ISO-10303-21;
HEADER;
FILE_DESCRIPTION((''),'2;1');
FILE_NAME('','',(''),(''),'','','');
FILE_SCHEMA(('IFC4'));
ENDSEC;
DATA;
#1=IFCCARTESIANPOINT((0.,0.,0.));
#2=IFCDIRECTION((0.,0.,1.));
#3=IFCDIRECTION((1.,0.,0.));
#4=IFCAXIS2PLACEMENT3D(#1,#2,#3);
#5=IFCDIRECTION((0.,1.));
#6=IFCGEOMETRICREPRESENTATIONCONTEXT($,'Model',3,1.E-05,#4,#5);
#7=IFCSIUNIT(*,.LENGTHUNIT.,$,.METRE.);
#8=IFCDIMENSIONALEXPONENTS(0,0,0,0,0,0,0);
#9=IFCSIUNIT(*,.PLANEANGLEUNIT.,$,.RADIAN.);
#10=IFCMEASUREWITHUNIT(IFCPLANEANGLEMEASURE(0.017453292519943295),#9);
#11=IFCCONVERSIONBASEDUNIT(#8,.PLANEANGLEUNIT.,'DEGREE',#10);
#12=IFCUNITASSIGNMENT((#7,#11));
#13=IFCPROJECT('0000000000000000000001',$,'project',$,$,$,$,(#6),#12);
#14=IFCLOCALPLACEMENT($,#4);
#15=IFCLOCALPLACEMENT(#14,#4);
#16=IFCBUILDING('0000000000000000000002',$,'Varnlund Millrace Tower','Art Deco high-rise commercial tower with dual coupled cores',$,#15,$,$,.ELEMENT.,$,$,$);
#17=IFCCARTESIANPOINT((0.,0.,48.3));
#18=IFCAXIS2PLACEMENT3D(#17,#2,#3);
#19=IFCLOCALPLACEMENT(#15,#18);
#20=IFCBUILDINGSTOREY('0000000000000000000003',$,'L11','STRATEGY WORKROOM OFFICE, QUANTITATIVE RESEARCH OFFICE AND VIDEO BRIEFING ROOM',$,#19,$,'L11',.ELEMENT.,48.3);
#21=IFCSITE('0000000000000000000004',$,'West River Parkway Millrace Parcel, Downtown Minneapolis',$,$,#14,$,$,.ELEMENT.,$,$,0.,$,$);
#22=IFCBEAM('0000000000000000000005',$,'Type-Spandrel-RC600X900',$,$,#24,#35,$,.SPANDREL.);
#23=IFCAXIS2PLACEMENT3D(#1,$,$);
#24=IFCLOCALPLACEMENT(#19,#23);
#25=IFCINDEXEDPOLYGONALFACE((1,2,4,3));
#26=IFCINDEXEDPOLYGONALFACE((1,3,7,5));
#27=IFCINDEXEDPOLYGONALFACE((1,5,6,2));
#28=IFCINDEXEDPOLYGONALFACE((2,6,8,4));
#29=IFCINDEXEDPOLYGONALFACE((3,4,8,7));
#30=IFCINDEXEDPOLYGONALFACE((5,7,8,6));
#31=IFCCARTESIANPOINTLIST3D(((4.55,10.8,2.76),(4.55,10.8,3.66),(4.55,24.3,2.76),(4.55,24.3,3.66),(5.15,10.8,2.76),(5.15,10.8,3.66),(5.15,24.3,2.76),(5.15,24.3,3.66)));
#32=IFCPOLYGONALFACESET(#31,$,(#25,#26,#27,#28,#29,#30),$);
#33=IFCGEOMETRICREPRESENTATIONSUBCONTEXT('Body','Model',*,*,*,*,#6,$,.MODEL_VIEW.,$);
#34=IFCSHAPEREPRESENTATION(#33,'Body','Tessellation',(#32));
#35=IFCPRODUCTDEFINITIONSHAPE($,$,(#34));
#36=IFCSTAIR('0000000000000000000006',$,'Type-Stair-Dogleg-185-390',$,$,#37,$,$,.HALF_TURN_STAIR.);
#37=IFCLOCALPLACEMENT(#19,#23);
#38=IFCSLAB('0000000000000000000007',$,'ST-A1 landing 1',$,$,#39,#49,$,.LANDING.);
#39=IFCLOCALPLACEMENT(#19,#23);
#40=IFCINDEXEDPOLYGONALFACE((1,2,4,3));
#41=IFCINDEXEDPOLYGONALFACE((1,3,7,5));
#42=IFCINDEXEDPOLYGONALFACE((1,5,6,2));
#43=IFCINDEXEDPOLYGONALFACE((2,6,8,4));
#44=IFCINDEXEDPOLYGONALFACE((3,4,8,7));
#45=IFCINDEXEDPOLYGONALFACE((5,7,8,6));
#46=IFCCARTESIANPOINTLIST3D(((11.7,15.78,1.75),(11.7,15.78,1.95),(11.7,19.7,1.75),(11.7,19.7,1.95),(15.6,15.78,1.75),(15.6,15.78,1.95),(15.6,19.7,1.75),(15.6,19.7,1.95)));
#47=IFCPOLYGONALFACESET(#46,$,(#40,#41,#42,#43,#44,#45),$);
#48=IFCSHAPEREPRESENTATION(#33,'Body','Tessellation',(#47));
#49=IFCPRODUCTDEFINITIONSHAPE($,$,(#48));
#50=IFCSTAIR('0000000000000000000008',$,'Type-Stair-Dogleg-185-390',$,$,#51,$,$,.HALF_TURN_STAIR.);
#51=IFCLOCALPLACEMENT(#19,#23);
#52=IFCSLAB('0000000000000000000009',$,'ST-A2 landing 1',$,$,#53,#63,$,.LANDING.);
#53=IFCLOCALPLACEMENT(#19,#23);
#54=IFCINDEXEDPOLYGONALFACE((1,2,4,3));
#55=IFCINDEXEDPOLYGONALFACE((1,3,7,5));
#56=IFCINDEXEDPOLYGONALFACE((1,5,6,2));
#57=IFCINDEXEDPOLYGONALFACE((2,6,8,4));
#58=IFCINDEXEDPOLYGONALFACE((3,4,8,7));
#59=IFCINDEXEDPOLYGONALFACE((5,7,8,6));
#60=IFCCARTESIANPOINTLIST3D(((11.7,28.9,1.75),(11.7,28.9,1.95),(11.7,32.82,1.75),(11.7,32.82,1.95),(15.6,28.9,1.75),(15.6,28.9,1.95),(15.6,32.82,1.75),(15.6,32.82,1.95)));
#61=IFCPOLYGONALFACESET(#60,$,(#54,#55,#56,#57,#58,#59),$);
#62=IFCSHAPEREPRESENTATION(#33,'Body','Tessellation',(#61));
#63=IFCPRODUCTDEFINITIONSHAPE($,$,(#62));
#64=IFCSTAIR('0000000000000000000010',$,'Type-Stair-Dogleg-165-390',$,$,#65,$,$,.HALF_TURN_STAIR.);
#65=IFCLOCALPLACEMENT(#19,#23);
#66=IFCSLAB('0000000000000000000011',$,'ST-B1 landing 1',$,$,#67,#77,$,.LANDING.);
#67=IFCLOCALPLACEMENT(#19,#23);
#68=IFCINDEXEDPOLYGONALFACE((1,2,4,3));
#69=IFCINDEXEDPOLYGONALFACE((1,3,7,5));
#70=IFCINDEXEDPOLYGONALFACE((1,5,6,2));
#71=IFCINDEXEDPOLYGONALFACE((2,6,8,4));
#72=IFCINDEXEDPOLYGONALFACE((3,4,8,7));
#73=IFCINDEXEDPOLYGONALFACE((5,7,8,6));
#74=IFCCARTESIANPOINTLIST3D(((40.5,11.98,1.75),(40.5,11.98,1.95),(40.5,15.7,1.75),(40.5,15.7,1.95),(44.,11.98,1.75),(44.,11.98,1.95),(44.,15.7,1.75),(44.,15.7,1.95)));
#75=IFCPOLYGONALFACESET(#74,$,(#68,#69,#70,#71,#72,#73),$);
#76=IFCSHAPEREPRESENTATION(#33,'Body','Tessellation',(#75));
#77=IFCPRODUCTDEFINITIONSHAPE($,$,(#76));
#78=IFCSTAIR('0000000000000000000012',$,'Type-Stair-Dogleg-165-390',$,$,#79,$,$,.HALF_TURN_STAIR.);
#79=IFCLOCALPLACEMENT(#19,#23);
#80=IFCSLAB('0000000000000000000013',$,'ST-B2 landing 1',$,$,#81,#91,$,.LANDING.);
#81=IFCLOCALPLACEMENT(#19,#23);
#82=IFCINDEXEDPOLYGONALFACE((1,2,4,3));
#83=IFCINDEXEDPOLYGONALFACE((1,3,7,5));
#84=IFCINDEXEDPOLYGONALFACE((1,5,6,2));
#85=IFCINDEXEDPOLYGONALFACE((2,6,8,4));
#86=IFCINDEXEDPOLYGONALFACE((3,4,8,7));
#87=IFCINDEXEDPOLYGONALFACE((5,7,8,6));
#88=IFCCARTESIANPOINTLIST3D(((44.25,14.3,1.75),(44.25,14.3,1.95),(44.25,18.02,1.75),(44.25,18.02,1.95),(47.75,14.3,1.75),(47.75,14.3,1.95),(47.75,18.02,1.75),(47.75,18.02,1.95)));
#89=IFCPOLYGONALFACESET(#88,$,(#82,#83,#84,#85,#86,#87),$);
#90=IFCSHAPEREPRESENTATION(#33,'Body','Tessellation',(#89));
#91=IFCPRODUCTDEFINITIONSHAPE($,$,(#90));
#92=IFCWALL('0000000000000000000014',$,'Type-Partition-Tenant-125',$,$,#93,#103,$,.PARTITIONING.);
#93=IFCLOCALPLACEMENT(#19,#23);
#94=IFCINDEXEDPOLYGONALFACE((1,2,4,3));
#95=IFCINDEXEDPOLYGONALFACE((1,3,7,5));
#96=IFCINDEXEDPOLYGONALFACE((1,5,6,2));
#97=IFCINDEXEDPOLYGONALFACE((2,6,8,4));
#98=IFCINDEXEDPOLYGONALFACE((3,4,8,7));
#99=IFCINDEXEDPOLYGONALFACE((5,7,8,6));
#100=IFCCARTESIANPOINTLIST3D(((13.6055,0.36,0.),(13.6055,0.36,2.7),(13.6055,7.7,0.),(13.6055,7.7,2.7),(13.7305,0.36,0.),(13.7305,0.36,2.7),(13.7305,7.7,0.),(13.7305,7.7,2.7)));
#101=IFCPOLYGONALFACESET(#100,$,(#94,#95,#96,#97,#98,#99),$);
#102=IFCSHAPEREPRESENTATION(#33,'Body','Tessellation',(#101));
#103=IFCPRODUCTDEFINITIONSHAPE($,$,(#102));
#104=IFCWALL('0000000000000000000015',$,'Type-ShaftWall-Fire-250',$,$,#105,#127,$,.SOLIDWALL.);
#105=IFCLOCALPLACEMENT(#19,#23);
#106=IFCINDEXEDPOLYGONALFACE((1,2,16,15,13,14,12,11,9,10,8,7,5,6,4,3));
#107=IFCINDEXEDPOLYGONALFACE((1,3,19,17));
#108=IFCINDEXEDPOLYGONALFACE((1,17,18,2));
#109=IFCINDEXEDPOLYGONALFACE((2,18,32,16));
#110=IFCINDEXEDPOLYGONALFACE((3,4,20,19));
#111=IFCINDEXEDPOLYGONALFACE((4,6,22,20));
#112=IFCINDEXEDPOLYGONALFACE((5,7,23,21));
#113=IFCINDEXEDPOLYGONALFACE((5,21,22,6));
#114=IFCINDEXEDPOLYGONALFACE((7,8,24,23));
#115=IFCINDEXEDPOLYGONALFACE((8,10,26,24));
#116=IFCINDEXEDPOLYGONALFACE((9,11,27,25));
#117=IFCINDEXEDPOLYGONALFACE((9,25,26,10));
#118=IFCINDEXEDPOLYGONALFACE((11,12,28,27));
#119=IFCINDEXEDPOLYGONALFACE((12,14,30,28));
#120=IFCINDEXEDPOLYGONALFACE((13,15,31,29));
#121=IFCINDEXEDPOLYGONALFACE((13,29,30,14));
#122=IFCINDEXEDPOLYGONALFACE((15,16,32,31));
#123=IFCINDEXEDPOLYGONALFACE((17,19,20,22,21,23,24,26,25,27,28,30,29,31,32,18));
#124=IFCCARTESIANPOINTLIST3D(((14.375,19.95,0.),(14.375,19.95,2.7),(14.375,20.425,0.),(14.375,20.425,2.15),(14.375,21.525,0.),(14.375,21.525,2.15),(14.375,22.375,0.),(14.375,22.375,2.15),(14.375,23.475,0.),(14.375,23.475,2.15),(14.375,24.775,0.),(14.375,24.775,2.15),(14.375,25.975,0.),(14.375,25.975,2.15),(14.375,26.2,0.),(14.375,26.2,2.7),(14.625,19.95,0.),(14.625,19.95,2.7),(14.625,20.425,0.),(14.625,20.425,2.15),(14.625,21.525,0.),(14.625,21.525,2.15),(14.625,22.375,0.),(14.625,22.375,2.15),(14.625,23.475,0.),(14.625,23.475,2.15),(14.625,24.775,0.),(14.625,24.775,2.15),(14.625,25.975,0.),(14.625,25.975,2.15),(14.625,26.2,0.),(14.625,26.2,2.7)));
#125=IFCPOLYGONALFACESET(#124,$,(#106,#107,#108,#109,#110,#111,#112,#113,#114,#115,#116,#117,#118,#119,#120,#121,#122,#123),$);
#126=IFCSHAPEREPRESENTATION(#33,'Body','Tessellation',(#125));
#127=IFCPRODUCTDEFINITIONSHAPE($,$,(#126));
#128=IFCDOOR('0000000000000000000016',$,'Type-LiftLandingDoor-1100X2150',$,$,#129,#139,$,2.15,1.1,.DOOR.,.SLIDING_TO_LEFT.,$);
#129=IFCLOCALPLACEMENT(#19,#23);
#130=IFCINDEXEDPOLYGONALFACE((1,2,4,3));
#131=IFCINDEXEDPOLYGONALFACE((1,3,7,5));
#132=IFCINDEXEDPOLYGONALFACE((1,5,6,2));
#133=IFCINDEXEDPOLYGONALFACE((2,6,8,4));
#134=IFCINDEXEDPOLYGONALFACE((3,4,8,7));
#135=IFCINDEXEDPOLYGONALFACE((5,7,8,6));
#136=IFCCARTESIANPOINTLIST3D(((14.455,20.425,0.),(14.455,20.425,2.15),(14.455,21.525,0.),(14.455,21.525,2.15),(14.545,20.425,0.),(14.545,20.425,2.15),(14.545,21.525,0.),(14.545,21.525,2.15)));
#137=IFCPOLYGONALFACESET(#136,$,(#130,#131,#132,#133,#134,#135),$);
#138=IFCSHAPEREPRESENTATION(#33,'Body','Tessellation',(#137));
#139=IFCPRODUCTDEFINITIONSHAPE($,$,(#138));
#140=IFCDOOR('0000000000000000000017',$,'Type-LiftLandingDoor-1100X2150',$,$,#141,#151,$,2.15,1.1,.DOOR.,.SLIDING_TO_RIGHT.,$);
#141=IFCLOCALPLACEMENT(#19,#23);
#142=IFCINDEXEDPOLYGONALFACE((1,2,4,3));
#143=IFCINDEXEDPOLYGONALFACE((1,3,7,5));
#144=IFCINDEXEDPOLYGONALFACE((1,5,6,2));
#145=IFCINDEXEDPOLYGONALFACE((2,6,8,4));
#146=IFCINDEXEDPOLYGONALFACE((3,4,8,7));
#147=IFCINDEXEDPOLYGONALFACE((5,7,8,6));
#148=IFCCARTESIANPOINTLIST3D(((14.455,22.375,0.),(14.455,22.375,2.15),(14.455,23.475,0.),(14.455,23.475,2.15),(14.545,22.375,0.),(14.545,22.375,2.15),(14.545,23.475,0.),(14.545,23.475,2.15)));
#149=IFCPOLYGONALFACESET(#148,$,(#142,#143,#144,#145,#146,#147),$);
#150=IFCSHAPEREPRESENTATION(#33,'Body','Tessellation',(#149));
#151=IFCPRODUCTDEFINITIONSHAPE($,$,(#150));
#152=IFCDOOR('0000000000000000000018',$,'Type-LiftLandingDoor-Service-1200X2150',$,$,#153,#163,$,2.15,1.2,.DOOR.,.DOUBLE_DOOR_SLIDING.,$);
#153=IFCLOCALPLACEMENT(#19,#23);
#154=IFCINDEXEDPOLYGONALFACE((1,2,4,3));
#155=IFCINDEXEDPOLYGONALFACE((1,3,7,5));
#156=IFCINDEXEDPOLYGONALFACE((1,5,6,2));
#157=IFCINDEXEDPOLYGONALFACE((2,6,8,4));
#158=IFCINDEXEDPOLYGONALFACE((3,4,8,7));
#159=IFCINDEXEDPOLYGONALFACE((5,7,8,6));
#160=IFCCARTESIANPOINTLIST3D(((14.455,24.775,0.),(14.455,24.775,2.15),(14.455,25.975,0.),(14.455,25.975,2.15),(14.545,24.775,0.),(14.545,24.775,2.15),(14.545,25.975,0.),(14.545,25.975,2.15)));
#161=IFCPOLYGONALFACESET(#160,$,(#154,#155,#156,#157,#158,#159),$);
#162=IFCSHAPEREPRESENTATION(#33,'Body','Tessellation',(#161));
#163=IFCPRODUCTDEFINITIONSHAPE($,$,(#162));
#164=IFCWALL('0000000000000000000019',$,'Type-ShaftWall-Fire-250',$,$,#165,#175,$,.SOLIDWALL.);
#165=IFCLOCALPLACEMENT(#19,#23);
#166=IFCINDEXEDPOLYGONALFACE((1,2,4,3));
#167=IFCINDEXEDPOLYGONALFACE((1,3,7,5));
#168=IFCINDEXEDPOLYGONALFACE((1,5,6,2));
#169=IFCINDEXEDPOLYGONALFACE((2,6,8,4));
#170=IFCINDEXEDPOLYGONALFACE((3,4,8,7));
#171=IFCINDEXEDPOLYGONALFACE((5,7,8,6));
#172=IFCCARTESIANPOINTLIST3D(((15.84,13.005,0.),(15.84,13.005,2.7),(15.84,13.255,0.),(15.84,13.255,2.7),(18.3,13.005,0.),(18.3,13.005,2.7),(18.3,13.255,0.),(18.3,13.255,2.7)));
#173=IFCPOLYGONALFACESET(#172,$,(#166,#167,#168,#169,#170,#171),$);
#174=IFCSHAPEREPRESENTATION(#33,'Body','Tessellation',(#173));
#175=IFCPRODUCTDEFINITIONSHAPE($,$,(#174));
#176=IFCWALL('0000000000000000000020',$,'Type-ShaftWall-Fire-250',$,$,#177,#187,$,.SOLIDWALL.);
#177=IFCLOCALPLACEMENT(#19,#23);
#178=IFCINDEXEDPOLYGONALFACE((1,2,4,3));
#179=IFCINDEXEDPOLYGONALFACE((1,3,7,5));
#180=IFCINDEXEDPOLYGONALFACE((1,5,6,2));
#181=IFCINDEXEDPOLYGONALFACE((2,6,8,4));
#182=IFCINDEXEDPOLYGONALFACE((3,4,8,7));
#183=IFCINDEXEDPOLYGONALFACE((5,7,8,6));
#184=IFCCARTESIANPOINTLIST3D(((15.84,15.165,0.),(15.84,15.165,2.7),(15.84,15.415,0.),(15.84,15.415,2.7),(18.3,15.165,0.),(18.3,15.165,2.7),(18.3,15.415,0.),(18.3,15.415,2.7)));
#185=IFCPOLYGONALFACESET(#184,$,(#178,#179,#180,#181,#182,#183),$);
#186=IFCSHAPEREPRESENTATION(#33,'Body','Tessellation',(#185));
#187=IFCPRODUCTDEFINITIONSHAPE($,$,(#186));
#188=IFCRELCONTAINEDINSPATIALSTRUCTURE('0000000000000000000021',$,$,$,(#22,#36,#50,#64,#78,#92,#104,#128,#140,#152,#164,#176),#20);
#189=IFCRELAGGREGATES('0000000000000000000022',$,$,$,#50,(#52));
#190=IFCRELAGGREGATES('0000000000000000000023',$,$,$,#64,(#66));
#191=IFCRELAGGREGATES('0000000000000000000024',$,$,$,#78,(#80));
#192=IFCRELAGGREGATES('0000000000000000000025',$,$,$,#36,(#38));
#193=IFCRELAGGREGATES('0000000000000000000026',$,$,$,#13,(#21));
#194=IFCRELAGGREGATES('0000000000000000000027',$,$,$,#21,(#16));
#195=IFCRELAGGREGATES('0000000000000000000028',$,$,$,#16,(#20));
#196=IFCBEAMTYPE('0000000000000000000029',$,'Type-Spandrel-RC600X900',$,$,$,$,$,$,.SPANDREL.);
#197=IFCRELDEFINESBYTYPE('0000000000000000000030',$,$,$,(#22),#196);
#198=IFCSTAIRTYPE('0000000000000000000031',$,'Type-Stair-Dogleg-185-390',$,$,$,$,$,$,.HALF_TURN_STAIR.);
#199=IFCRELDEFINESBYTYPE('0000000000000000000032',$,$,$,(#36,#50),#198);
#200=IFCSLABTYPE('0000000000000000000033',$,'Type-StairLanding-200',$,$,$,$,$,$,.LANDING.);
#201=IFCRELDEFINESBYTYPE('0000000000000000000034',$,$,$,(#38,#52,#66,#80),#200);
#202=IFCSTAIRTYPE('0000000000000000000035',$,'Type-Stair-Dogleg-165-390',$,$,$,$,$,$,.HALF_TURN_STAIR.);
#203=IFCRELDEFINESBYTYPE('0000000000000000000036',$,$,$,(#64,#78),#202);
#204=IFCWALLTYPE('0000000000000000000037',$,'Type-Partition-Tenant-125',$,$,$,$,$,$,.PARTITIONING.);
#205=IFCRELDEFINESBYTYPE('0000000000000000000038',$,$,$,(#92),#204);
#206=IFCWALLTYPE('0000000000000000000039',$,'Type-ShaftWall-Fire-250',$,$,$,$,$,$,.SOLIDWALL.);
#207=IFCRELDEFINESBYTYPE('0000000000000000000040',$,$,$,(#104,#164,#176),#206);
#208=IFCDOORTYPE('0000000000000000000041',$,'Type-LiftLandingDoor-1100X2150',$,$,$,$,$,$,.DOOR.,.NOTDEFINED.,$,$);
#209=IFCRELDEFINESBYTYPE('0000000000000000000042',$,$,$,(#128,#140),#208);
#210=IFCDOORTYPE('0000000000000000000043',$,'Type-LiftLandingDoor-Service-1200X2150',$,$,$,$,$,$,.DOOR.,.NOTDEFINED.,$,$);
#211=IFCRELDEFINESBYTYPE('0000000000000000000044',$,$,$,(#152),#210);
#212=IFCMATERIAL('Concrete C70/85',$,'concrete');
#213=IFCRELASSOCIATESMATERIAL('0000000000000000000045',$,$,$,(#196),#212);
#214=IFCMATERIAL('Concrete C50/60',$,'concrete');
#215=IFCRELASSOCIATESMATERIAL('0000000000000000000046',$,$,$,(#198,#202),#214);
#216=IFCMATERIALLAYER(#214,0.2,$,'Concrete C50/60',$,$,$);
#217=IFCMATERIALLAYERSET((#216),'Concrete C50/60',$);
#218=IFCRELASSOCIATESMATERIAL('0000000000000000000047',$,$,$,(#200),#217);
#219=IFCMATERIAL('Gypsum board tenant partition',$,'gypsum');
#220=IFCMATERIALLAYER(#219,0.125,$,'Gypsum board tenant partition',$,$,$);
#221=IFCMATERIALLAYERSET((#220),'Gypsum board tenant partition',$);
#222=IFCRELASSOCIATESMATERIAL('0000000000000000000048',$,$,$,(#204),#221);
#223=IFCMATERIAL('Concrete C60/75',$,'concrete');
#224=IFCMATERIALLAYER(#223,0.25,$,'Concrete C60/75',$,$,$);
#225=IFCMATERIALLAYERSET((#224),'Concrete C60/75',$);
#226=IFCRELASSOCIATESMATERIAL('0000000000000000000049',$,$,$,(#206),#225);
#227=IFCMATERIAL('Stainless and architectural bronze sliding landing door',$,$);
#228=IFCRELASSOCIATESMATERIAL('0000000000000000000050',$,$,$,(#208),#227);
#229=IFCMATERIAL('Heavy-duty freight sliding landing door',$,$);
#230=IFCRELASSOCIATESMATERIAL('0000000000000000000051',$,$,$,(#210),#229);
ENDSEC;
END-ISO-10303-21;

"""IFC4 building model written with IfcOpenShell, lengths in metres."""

from ifc_helpers import new_model, entity, si_unit, converted_unit, direction, frame, origin_with_axes, origin_2d_with_axis, place, context, subcontext, project, spatial, polyline, rectangle, outline, extrude, material, layer, layer_set, material_profile, profile_set, type_object, element, fill, aggregate, save


model = new_model("IFC4")

# Units and contexts
model_context = context("Model", 3, precision=1e-05, world=origin_with_axes(), true_north=direction((0.0, 1.0)))
body_context = subcontext(model_context, "Body", "Model", "MODEL_VIEW")
ifc_project = project(units=[si_unit("LENGTHUNIT", "METRE"), converted_unit("PLANEANGLEUNIT", "DEGREE", entity("IfcPlaneAngleMeasure", 0.017453292519943295), si_unit("PLANEANGLEUNIT", "RADIAN"), dimensions=[0, 0, 0, 0, 0, 0, 0])], contexts=[model_context])

# Site, building, storey
site_placement = place(None, origin_with_axes())
site = spatial("IfcSite", under=ifc_project, at=site_placement, Name="West River Parkway Millrace Parcel, Downtown Minneapolis", CompositionType="ELEMENT", RefElevation=0.0)
building_placement = place(site_placement, origin_with_axes())
building = spatial("IfcBuilding", under=site, at=building_placement, Name="Varnlund Millrace Tower", Description="Art Deco high-rise commercial tower with dual coupled cores", CompositionType="ELEMENT")
storey_placement = place(building_placement, frame((0.0, 0.0, 48.3), z_axis=(0.0, 0.0, 1.0), x_axis=(1.0, 0.0, 0.0)))
storey = spatial("IfcBuildingStorey", under=building, at=storey_placement, Name="L11", Description="STRATEGY WORKROOM OFFICE, QUANTITATIVE RESEARCH OFFICE AND VIDEO BRIEFING ROOM", LongName="L11", CompositionType="ELEMENT", Elevation=48.3)

# Beam
ifc_material_1 = material(Name="Concrete C70/85", Category="concrete")
ifc_material_profile_1 = material_profile(ifc_material_1, rectangle(XDim=0.6, YDim=0.9, at=origin_2d_with_axis()), Name="Concrete C70/85")
ifc_profile_set_1 = profile_set([ifc_material_profile_1], Name="Concrete C70/85")
beam_type_1 = type_object("IfcBeamType", Name="Type-Spandrel-RC600X900", PredefinedType="SPANDREL", material=ifc_profile_set_1)
beam_1_placement = place(storey_placement, frame((4.85, 10.8, 3.21), z_axis=(0.0, 1.0, 0.0), x_axis=(-1.0, 0.0, 0.0)))
element("IfcBeam", 1, at=beam_1_placement, inside=storey, type_object=beam_type_1, Name="Type-Spandrel-RC600X900", PredefinedType="SPANDREL", context=body_context, shape_type="SweptSolid", body=[
    extrude(rectangle(XDim=0.6, YDim=0.9, at=origin_2d_with_axis()), origin_with_axes(), (0.0, 0.0, 1.0), 13.5),
])

# Stairs, slabs
ifc_material_2 = material(Name="Concrete C50/60", Category="concrete")
stair_type_1 = type_object("IfcStairType", Name="Type-Stair-Dogleg-185-390", PredefinedType="HALF_TURN_STAIR", material=ifc_material_2)
stair_1_placement = place(storey_placement, origin_with_axes())
stair_1 = element("IfcStair", 2, at=stair_1_placement, inside=storey, type_object=stair_type_1, Name="Type-Stair-Dogleg-185-390", PredefinedType="HALF_TURN_STAIR")
ifc_layer_1 = layer(ifc_material_2, 0.2, Name="Concrete C50/60")
ifc_layer_set_1 = layer_set([ifc_layer_1], Name="Concrete C50/60")
slab_type = type_object("IfcSlabType", Name="Type-StairLanding-200", PredefinedType="LANDING", material=ifc_layer_set_1)
slab_1_placement = place(storey_placement, frame((0.0, 0.0, 1.75), z_axis=(0.0, 0.0, 1.0), x_axis=(1.0, 0.0, 0.0)))
slab_1 = element("IfcSlab", 3, at=slab_1_placement, type_object=slab_type, Name="ST-A1 landing 1", PredefinedType="LANDING", context=body_context, shape_type="SweptSolid", body=[
    extrude(outline(polyline([(15.6, 15.78), (15.6, 19.7), (11.7, 19.7), (11.7, 15.78), (15.6, 15.78)])), origin_with_axes(), (0.0, 0.0, 1.0), 0.2),
])
stair_2_placement = place(storey_placement, origin_with_axes())
stair_2 = element("IfcStair", 4, at=stair_2_placement, inside=storey, type_object=stair_type_1, Name="Type-Stair-Dogleg-185-390", PredefinedType="HALF_TURN_STAIR")
slab_2_placement = place(storey_placement, frame((0.0, 0.0, 1.75), z_axis=(0.0, 0.0, 1.0), x_axis=(1.0, 0.0, 0.0)))
slab_2 = element("IfcSlab", 5, at=slab_2_placement, type_object=slab_type, Name="ST-A2 landing 1", PredefinedType="LANDING", context=body_context, shape_type="SweptSolid", body=[
    extrude(outline(polyline([(11.7, 32.82), (11.7, 28.9), (15.6, 28.9), (15.6, 32.82), (11.7, 32.82)])), origin_with_axes(), (0.0, 0.0, 1.0), 0.2),
])
aggregate(stair_2, [slab_2])
stair_type_2 = type_object("IfcStairType", Name="Type-Stair-Dogleg-165-390", PredefinedType="HALF_TURN_STAIR", material=ifc_material_2)
stair_3_placement = place(storey_placement, origin_with_axes())
stair_3 = element("IfcStair", 6, at=stair_3_placement, inside=storey, type_object=stair_type_2, Name="Type-Stair-Dogleg-165-390", PredefinedType="HALF_TURN_STAIR")
slab_3_placement = place(storey_placement, frame((0.0, 0.0, 1.75), z_axis=(0.0, 0.0, 1.0), x_axis=(1.0, 0.0, 0.0)))
slab_3 = element("IfcSlab", 7, at=slab_3_placement, type_object=slab_type, Name="ST-B1 landing 1", PredefinedType="LANDING", context=body_context, shape_type="SweptSolid", body=[
    extrude(outline(polyline([(44.0, 11.98), (44.0, 15.7), (40.5, 15.7), (40.5, 11.98), (44.0, 11.98)])), origin_with_axes(), (0.0, 0.0, 1.0), 0.2),
])
aggregate(stair_3, [slab_3])
stair_4_placement = place(storey_placement, origin_with_axes())
stair_4 = element("IfcStair", 8, at=stair_4_placement, inside=storey, type_object=stair_type_2, Name="Type-Stair-Dogleg-165-390", PredefinedType="HALF_TURN_STAIR")
slab_4_placement = place(storey_placement, frame((0.0, 0.0, 1.75), z_axis=(0.0, 0.0, 1.0), x_axis=(1.0, 0.0, 0.0)))
slab_4 = element("IfcSlab", 9, at=slab_4_placement, type_object=slab_type, Name="ST-B2 landing 1", PredefinedType="LANDING", context=body_context, shape_type="SweptSolid", body=[
    extrude(outline(polyline([(44.25, 18.02), (44.25, 14.3), (47.75, 14.3), (47.75, 18.02), (44.25, 18.02)])), origin_with_axes(), (0.0, 0.0, 1.0), 0.2),
])
aggregate(stair_4, [slab_4])

# Wall
ifc_material_3 = material(Name="Gypsum board tenant partition", Category="gypsum")
ifc_layer_2 = layer(ifc_material_3, 0.125, Name="Gypsum board tenant partition")
ifc_layer_set_2 = layer_set([ifc_layer_2], Name="Gypsum board tenant partition")
wall_type_1 = type_object("IfcWallType", Name="Type-Partition-Tenant-125", PredefinedType="PARTITIONING", material=ifc_layer_set_2)
wall_1_placement = place(storey_placement, frame((13.668, 0.36, 0.0), z_axis=(0.0, 0.0, 1.0), x_axis=(0.0, 1.0, 0.0)))
element("IfcWall", 10, at=wall_1_placement, inside=storey, type_object=wall_type_1, Name="Type-Partition-Tenant-125", PredefinedType="PARTITIONING", context=body_context, shape_type="SweptSolid", body=[
    extrude(outline(polyline([(0.0, -0.0625), (7.34, -0.0625), (7.34, 0.0625), (0.0, 0.0625), (0.0, -0.0625)])), origin_with_axes(), (0.0, 0.0, 1.0), 2.7),
])

# Wall, openings, doors
ifc_material_4 = material(Name="Concrete C60/75", Category="concrete")
ifc_layer_3 = layer(ifc_material_4, 0.25, Name="Concrete C60/75")
ifc_layer_set_3 = layer_set([ifc_layer_3], Name="Concrete C60/75")
wall_type_2 = type_object("IfcWallType", Name="Type-ShaftWall-Fire-250", PredefinedType="SOLIDWALL", material=ifc_layer_set_3)
wall_2_placement = place(storey_placement, frame((14.5, 19.95, 0.0), z_axis=(0.0, 0.0, 1.0), x_axis=(0.0, 1.0, 0.0)))
wall_2 = element("IfcWall", 11, at=wall_2_placement, inside=storey, type_object=wall_type_2, Name="Type-ShaftWall-Fire-250", PredefinedType="SOLIDWALL", context=body_context, shape_type="SweptSolid", body=[
    extrude(outline(polyline([(0.0, -0.125), (6.25, -0.125), (6.25, 0.125), (0.0, 0.125), (0.0, -0.125)])), origin_with_axes(), (0.0, 0.0, 1.0), 2.7),
])
opening_1_placement = place(wall_2_placement, frame((1.025, 0.0, 0.0), z_axis=(0.0, 0.0, 1.0), x_axis=(1.0, 0.0, 0.0)))
opening_1 = element("IfcOpeningElement", 12, at=opening_1_placement, cuts=wall_2, PredefinedType="OPENING", context=body_context, shape_type="SweptSolid", body=[
    extrude(rectangle(XDim=1.1, YDim=0.27, at=origin_2d_with_axis()), origin_with_axes(), (0.0, 0.0, 1.0), 2.15),
])
opening_2_placement = place(wall_2_placement, frame((2.975, 0.0, 0.0), z_axis=(0.0, 0.0, 1.0), x_axis=(1.0, 0.0, 0.0)))
opening_2 = element("IfcOpeningElement", 13, at=opening_2_placement, cuts=wall_2, PredefinedType="OPENING", context=body_context, shape_type="SweptSolid", body=[
    extrude(rectangle(XDim=1.1, YDim=0.27, at=origin_2d_with_axis()), origin_with_axes(), (0.0, 0.0, 1.0), 2.15),
])
opening_3_placement = place(wall_2_placement, frame((5.425, 0.0, 0.0), z_axis=(0.0, 0.0, 1.0), x_axis=(1.0, 0.0, 0.0)))
opening_3 = element("IfcOpeningElement", 14, at=opening_3_placement, cuts=wall_2, PredefinedType="OPENING", context=body_context, shape_type="SweptSolid", body=[
    extrude(rectangle(XDim=1.2, YDim=0.27, at=origin_2d_with_axis()), origin_with_axes(), (0.0, 0.0, 1.0), 2.15),
])
ifc_material_5 = material(Name="Stainless and architectural bronze sliding landing door")
door_type_1 = type_object("IfcDoorType", Name="Type-LiftLandingDoor-1100X2150", OperationType="NOTDEFINED", PredefinedType="DOOR", material=ifc_material_5)
door_1_placement = place(wall_2_placement, frame((1.025, 0.0, 0.0), z_axis=(0.0, 0.0, 1.0), x_axis=(1.0, 0.0, 0.0)))
door_1 = element("IfcDoor", 15, at=door_1_placement, inside=storey, type_object=door_type_1, Name="Type-LiftLandingDoor-1100X2150", OperationType="SLIDING_TO_LEFT", OverallHeight=2.15, OverallWidth=1.1, PredefinedType="DOOR", context=body_context, shape_type="SweptSolid", body=[
    extrude(rectangle(XDim=1.1, YDim=0.09, at=origin_2d_with_axis()), origin_with_axes(), (0.0, 0.0, 1.0), 2.15),
])
fill(opening_1, door_1)
door_2_placement = place(wall_2_placement, frame((2.975, 0.0, 0.0), z_axis=(0.0, 0.0, 1.0), x_axis=(1.0, 0.0, 0.0)))
door_2 = element("IfcDoor", 16, at=door_2_placement, inside=storey, type_object=door_type_1, Name="Type-LiftLandingDoor-1100X2150", OperationType="SLIDING_TO_RIGHT", OverallHeight=2.15, OverallWidth=1.1, PredefinedType="DOOR", context=body_context, shape_type="SweptSolid", body=[
    extrude(rectangle(XDim=1.1, YDim=0.09, at=origin_2d_with_axis()), origin_with_axes(), (0.0, 0.0, 1.0), 2.15),
])
fill(opening_2, door_2)
ifc_material_6 = material(Name="Heavy-duty freight sliding landing door")
door_type_2 = type_object("IfcDoorType", Name="Type-LiftLandingDoor-Service-1200X2150", OperationType="NOTDEFINED", PredefinedType="DOOR", material=ifc_material_6)
door_3_placement = place(wall_2_placement, frame((5.425, 0.0, 0.0), z_axis=(0.0, 0.0, 1.0), x_axis=(1.0, 0.0, 0.0)))
door_3 = element("IfcDoor", 17, at=door_3_placement, inside=storey, type_object=door_type_2, Name="Type-LiftLandingDoor-Service-1200X2150", OperationType="DOUBLE_DOOR_SLIDING", OverallHeight=2.15, OverallWidth=1.2, PredefinedType="DOOR", context=body_context, shape_type="SweptSolid", body=[
    extrude(rectangle(XDim=1.2, YDim=0.09, at=origin_2d_with_axis()), origin_with_axes(), (0.0, 0.0, 1.0), 2.15),
])
fill(opening_3, door_3)

# Walls
for number, where, z_axis, x_axis, name in (
    (18, (15.84, 13.13, 0.0), (0.0, 0.0, 1.0), (1.0, 0.0, 0.0), "Type-ShaftWall-Fire-250"),
    (19, (15.84, 15.29, 0.0), (0.0, 0.0, 1.0), (1.0, 0.0, 0.0), "Type-ShaftWall-Fire-250"),
):
    element("IfcWall", number, at=place(storey_placement, frame(where, z_axis=z_axis, x_axis=x_axis)), inside=storey, type_object=wall_type_2, Name=name, PredefinedType="SOLIDWALL", context=body_context, shape_type="SweptSolid", body=[
        extrude(outline(polyline([(0.0, -0.125), (2.46, -0.125), (2.46, 0.125), (0.0, 0.125), (0.0, -0.125)])), origin_with_axes(), (0.0, 0.0, 1.0), 2.7),
    ])

aggregate(stair_1, [slab_1])

save(model, "model.ifc")
